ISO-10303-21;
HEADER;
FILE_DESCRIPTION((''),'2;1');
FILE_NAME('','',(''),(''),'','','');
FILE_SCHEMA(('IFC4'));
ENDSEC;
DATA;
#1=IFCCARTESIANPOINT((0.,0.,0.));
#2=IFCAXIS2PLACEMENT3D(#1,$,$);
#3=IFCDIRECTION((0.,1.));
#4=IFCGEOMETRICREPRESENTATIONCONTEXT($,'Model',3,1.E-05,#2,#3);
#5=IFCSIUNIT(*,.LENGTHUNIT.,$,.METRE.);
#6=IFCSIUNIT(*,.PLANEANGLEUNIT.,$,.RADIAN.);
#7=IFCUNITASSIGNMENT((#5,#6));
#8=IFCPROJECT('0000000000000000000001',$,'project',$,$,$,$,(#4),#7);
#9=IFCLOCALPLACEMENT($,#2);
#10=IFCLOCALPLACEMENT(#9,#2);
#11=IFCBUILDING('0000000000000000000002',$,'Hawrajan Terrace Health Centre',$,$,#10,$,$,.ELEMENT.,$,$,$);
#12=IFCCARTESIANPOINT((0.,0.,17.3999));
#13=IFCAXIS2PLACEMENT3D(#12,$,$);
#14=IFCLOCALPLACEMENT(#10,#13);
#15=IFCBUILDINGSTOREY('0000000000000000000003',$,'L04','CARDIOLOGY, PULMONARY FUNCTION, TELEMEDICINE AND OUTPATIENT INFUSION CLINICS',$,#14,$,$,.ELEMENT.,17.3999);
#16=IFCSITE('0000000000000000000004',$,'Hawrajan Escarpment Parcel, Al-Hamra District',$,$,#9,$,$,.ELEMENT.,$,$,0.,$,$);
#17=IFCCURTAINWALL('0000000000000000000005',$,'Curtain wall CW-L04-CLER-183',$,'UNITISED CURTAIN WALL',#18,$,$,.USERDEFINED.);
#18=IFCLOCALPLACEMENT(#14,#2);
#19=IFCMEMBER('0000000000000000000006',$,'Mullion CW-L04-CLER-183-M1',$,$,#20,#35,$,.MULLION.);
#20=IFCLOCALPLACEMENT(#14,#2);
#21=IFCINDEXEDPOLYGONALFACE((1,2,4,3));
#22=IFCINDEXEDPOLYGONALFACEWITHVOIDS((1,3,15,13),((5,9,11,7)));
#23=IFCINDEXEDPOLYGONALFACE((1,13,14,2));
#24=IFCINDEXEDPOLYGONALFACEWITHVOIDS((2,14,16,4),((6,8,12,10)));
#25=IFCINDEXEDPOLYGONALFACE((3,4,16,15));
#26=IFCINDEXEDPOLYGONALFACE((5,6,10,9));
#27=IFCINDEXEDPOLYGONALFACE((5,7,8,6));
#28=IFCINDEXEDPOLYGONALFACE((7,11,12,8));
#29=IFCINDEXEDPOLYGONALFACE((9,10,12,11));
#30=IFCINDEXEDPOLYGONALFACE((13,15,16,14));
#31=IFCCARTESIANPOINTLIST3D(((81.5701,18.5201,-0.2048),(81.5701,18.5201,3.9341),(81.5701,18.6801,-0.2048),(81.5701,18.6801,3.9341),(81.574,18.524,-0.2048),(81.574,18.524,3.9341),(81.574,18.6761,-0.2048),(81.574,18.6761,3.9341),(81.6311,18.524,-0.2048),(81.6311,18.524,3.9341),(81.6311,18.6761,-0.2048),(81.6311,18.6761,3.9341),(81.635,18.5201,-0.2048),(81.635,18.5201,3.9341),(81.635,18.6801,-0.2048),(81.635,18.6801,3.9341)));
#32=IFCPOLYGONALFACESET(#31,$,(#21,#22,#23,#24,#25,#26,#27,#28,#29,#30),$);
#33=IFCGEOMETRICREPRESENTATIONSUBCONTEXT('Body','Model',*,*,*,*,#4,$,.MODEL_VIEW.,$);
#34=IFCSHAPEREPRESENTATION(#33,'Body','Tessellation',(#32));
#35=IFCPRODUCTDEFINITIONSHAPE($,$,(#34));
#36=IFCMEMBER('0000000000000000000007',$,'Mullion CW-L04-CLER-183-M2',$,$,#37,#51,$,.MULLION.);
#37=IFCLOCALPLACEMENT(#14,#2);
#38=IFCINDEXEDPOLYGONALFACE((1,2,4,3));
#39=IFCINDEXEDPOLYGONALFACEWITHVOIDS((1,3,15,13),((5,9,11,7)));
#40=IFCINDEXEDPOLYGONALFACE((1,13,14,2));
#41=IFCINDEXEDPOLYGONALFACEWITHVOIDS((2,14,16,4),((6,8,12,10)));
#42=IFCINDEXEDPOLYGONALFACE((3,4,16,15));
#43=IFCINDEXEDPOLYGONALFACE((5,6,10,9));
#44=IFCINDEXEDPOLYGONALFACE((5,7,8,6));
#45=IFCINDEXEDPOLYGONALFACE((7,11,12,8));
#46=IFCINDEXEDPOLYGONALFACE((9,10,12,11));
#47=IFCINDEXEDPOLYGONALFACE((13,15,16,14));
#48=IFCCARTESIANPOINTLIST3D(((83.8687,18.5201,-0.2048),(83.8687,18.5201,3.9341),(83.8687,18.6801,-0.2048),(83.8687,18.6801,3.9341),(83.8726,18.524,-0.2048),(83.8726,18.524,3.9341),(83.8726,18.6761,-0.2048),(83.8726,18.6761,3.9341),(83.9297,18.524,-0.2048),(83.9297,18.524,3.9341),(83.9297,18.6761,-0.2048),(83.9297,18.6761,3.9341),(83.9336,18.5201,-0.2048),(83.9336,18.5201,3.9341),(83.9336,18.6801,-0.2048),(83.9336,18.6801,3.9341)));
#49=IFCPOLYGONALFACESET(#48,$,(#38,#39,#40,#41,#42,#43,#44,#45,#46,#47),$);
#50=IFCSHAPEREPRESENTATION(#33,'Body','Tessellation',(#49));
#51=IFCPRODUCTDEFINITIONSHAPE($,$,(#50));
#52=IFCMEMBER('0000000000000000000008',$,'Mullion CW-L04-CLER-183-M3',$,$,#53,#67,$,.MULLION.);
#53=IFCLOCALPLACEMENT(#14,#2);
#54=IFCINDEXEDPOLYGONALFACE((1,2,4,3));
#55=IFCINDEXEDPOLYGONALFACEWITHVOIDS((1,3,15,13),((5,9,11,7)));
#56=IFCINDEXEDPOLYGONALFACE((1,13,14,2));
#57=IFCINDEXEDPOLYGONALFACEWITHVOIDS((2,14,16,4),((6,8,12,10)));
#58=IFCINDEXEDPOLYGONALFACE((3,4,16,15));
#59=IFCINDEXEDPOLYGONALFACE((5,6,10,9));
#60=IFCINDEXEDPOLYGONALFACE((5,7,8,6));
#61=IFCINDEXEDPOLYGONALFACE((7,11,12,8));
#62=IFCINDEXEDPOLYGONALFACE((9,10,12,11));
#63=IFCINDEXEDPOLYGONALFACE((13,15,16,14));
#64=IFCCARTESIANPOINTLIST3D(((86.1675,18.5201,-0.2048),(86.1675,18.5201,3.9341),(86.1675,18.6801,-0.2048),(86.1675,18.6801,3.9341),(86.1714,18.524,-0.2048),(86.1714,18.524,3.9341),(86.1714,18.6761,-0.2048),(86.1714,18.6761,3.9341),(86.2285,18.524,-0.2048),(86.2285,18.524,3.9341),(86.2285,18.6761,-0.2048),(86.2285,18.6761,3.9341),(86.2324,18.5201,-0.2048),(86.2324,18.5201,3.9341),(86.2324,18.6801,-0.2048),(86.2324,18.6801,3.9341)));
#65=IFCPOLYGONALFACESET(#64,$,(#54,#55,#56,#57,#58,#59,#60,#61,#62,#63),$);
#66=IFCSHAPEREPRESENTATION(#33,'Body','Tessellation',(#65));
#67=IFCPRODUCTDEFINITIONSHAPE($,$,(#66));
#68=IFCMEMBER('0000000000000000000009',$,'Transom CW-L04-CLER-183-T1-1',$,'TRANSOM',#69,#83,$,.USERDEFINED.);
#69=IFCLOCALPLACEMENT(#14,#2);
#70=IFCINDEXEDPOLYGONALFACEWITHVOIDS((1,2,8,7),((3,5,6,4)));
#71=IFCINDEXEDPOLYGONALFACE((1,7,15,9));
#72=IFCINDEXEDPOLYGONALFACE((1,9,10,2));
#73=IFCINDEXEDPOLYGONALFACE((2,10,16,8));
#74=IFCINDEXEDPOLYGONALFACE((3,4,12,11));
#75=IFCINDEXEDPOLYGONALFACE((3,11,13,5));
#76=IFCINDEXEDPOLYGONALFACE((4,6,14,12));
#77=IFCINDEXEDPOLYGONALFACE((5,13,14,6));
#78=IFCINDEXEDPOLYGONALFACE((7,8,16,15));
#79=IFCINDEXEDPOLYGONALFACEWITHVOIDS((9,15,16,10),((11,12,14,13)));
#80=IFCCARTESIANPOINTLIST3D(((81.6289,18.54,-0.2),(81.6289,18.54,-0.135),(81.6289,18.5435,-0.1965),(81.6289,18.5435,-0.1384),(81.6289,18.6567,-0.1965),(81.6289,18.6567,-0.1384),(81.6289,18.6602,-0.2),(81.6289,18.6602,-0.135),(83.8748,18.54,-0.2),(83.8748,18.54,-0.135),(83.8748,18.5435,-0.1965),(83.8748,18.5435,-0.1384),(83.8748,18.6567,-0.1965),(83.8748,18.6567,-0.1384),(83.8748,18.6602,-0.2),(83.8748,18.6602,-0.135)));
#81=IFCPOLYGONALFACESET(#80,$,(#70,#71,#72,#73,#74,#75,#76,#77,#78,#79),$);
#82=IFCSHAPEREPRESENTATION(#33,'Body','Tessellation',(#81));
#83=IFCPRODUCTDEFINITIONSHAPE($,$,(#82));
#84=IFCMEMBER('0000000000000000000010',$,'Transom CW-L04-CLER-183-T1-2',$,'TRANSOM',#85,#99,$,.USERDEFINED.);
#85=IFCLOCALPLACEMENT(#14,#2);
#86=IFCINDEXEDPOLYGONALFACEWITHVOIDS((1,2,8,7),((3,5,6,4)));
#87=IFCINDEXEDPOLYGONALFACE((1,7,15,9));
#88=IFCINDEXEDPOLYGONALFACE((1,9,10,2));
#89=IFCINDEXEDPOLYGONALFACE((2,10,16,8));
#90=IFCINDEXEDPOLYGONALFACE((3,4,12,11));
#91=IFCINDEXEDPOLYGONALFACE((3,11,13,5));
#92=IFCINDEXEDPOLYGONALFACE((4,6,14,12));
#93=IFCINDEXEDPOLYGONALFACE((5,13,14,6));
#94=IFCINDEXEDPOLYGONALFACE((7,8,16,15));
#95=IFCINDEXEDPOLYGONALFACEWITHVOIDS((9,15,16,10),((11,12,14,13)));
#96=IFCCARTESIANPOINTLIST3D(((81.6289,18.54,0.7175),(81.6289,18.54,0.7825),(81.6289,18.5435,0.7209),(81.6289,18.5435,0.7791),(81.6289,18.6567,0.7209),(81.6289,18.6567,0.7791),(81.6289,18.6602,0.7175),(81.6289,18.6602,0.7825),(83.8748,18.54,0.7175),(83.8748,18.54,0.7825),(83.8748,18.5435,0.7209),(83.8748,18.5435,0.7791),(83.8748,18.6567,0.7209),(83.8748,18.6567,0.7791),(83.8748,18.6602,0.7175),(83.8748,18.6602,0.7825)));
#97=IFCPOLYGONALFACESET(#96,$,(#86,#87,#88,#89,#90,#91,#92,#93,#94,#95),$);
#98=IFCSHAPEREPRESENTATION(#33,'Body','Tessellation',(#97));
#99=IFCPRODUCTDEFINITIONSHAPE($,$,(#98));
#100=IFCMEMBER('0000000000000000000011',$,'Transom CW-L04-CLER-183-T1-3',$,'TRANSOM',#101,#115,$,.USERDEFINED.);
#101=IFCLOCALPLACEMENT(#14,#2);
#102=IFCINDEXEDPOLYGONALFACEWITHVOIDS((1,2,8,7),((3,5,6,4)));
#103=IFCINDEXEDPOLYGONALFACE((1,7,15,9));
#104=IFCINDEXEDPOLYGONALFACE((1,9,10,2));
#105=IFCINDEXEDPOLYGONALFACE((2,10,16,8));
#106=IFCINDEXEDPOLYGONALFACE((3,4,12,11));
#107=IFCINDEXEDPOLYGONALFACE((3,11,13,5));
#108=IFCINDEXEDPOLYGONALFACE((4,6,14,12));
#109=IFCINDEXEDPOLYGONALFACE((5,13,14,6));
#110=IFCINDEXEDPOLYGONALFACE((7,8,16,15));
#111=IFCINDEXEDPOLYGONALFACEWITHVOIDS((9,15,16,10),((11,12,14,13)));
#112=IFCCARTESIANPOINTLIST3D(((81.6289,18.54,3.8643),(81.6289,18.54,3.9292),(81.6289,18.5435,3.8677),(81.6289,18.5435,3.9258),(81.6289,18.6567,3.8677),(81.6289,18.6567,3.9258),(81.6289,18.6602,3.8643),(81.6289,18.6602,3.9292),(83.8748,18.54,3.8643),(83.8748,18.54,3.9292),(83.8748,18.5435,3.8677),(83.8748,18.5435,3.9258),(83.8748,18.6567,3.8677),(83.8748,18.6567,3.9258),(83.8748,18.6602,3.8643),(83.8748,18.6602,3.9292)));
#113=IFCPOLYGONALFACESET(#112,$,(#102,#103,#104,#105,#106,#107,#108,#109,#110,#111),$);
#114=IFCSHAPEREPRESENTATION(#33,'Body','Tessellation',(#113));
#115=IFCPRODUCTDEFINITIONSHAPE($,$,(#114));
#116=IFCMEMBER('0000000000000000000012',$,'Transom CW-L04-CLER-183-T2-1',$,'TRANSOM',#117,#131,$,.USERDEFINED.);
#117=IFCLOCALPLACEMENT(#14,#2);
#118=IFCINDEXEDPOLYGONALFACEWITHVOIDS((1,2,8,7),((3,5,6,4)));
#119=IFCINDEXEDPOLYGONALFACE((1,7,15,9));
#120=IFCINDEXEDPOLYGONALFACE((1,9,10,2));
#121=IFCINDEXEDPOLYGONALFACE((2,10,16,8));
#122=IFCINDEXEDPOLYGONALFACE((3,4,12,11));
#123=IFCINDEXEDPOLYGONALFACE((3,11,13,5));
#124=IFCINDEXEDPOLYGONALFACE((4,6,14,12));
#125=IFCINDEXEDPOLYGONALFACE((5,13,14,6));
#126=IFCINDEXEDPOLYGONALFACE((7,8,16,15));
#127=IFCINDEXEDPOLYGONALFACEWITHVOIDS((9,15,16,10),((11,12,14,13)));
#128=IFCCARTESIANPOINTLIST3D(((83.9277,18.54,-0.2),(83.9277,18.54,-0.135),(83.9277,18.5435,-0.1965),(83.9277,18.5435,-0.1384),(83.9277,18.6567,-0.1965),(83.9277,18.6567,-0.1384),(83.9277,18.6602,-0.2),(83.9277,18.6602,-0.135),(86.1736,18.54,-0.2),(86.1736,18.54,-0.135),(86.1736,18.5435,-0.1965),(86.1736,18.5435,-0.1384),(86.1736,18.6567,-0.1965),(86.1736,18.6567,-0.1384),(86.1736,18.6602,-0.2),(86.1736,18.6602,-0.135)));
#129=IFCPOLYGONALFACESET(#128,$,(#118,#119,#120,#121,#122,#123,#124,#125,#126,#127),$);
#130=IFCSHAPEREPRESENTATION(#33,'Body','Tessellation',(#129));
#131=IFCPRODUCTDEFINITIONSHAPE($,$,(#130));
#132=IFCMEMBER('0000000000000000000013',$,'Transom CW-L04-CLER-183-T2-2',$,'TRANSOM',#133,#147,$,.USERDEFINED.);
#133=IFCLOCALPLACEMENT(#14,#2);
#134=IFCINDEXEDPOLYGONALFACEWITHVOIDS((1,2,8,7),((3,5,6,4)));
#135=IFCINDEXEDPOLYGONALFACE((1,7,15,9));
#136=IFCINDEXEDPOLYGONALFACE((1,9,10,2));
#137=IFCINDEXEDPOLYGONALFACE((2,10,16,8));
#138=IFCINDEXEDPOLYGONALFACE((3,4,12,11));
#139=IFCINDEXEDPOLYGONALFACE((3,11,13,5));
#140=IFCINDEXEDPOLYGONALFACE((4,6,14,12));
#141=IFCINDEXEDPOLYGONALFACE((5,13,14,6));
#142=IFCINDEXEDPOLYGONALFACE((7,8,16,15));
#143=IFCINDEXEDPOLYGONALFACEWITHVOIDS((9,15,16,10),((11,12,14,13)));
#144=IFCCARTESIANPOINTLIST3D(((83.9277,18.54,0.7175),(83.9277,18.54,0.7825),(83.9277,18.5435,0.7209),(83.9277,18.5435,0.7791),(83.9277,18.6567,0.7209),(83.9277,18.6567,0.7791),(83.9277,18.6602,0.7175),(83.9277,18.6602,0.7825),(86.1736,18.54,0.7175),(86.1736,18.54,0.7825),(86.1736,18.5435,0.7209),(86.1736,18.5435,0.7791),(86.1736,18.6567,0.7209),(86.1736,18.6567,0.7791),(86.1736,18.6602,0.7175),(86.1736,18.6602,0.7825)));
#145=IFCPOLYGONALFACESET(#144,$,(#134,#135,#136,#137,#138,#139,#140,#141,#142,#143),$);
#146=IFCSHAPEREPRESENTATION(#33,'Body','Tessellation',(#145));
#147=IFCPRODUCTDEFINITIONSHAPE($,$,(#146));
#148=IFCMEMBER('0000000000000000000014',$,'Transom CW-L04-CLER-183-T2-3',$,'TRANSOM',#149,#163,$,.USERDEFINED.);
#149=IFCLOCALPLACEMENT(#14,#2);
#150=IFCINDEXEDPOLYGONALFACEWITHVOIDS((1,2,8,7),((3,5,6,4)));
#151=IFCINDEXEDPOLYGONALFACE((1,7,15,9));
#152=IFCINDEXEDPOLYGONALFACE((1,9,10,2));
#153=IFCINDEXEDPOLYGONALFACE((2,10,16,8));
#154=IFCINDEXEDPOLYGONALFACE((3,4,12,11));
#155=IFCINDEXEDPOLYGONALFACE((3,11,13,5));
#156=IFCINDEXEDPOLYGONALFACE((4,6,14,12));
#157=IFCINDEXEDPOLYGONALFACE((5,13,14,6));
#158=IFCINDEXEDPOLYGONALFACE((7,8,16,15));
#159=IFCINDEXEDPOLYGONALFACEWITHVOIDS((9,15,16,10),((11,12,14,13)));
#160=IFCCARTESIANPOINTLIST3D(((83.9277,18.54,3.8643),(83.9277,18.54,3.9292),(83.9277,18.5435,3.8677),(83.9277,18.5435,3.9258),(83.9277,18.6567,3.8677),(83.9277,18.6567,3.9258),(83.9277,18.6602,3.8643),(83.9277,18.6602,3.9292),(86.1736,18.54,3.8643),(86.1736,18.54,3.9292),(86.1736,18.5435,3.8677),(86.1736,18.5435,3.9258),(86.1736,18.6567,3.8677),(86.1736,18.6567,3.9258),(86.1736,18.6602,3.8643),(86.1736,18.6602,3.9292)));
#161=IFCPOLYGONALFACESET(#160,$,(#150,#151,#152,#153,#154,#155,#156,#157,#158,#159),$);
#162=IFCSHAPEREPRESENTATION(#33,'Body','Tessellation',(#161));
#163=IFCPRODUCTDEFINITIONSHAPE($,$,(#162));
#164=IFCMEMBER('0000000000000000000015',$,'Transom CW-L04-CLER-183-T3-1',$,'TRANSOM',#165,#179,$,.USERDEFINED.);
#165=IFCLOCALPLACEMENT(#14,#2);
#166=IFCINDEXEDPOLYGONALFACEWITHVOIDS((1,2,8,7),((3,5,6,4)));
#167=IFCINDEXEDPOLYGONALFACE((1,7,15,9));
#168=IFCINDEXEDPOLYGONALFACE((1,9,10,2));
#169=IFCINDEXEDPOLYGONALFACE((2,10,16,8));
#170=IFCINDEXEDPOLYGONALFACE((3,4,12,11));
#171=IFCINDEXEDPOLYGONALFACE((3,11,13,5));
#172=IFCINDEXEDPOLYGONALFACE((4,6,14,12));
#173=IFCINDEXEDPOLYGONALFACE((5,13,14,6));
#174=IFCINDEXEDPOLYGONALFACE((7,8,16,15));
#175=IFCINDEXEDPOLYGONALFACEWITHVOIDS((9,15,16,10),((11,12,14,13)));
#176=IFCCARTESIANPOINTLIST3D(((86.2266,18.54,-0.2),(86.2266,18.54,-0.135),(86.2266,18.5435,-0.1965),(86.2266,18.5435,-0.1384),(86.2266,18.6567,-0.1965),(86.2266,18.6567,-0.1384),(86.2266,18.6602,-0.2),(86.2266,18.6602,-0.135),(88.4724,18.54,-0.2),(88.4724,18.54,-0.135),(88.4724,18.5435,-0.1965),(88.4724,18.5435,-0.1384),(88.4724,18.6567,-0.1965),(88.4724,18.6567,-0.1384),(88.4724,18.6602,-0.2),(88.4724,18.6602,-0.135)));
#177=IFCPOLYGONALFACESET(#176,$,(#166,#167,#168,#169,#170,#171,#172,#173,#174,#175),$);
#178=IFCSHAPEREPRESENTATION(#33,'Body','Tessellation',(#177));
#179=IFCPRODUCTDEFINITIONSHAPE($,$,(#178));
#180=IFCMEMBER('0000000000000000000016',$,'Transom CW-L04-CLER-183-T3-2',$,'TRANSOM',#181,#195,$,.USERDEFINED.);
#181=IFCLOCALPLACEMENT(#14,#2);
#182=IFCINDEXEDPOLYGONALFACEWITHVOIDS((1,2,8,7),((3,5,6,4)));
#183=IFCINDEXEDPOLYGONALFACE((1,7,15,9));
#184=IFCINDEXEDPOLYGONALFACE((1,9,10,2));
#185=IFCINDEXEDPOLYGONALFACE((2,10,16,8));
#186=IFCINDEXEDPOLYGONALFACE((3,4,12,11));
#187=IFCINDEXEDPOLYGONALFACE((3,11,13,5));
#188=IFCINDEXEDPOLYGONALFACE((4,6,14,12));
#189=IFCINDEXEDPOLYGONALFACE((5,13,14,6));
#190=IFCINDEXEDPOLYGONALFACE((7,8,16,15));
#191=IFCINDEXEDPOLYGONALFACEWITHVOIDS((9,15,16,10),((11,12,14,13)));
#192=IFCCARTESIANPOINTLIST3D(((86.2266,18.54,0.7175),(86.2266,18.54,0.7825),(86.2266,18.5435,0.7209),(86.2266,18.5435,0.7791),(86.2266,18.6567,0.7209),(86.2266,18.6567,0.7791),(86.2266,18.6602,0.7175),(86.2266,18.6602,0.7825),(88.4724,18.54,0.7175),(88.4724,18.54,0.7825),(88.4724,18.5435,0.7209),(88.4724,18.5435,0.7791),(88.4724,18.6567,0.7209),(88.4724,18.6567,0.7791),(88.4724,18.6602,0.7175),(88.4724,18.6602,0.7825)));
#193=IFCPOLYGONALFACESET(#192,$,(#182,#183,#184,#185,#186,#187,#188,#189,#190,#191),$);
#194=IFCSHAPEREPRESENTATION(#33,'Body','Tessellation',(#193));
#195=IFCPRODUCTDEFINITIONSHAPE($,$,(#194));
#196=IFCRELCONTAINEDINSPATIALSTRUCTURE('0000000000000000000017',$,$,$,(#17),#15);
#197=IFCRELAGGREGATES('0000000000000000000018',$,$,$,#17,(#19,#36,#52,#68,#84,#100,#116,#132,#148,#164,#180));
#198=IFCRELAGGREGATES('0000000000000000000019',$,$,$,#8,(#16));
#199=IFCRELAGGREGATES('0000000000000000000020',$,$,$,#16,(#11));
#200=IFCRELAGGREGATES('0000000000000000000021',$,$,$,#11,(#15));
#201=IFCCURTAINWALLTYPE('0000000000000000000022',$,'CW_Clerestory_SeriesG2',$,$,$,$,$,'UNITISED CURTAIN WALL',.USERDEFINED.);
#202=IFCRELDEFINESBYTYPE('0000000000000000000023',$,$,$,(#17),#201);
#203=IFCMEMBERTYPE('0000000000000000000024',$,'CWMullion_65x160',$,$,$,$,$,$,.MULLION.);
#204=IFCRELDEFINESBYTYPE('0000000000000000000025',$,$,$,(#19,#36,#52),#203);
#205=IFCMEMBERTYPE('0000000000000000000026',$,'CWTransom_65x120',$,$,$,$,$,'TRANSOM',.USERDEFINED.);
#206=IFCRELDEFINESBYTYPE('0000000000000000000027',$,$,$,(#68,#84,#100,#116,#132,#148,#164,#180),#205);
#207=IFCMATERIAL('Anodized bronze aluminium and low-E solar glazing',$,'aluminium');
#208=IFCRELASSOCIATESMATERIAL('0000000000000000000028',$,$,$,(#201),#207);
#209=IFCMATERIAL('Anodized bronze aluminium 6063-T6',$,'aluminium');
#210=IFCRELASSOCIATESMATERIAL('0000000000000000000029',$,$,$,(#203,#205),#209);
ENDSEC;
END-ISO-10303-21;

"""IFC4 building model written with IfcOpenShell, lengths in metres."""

from ifc_helpers import new_model, si_unit, direction, frame, origin, origin_2d, place, context, subcontext, project, spatial, hollow_rectangle, extrude, material, material_profile, profile_set, type_object, element, aggregate, save


model = new_model("IFC4")

# Units and contexts
model_context = context("Model", 3, precision=1e-05, world=origin(), true_north=direction((0.0, 1.0)))
body_context = subcontext(model_context, "Body", "Model", "MODEL_VIEW")
ifc_project = project(units=[si_unit("LENGTHUNIT", "METRE"), si_unit("PLANEANGLEUNIT", "RADIAN")], contexts=[model_context])

# Site, building, storey
site_placement = place(None, origin())
site = spatial("IfcSite", under=ifc_project, at=site_placement, Name="Hawrajan Escarpment Parcel, Al-Hamra District", CompositionType="ELEMENT", RefElevation=0.0)
building_placement = place(site_placement, origin())
building = spatial("IfcBuilding", under=site, at=building_placement, Name="Hawrajan Terrace Health Centre", CompositionType="ELEMENT")
storey_placement = place(building_placement, frame((0.0, 0.0, 17.3999)))
storey = spatial("IfcBuildingStorey", under=building, at=storey_placement, Name="L04", Description="CARDIOLOGY, PULMONARY FUNCTION, TELEMEDICINE AND OUTPATIENT INFUSION CLINICS", CompositionType="ELEMENT", Elevation=17.3999)

# Curtain wall, members
ifc_material_1 = material(Name="Anodized bronze aluminium and low-E solar glazing", Category="aluminium")
curtain_wall_type = type_object("IfcCurtainWallType", Name="CW_Clerestory_SeriesG2", ElementType="UNITISED CURTAIN WALL", PredefinedType="USERDEFINED", material=ifc_material_1)
curtain_wall_placement = place(storey_placement, origin())
curtain_wall = element("IfcCurtainWall", 1, at=curtain_wall_placement, inside=storey, type_object=curtain_wall_type, Name="Curtain wall CW-L04-CLER-183", ObjectType="UNITISED CURTAIN WALL", PredefinedType="USERDEFINED")
ifc_material_2 = material(Name="Anodized bronze aluminium 6063-T6", Category="aluminium")
ifc_material_profile_1 = material_profile(ifc_material_2, hollow_rectangle(XDim=0.0649, YDim=0.1599, WallThickness=0.0039, at=origin_2d()), Name="CW MUL 65x160")
ifc_profile_set_1 = profile_set([ifc_material_profile_1], Name="Anodized bronze aluminium 6063-T6")
member_type_1 = type_object("IfcMemberType", Name="CWMullion_65x160", PredefinedType="MULLION", material=ifc_profile_set_1)
member_1_placement = place(storey_placement, frame((81.6025, 18.6001, -0.2048), z_axis=(0.0, 0.0, 1.0), x_axis=(1.0, 0.0, 0.0)))
member_1 = element("IfcMember", 2, at=member_1_placement, type_object=member_type_1, Name="Mullion CW-L04-CLER-183-M1", PredefinedType="MULLION", context=body_context, shape_type="SweptSolid", body=[
    extrude(hollow_rectangle(XDim=0.0649, YDim=0.1599, WallThickness=0.0039, at=origin_2d()), origin(), (0.0, 0.0, 1.0), 4.1389),
])
member_2_placement = place(storey_placement, frame((83.9011, 18.6001, -0.2048), z_axis=(0.0, 0.0, 1.0), x_axis=(1.0, 0.0, 0.0)))
member_2 = element("IfcMember", 3, at=member_2_placement, type_object=member_type_1, Name="Mullion CW-L04-CLER-183-M2", PredefinedType="MULLION", context=body_context, shape_type="SweptSolid", body=[
    extrude(hollow_rectangle(XDim=0.0649, YDim=0.1599, WallThickness=0.0039, at=origin_2d()), origin(), (0.0, 0.0, 1.0), 4.1389),
])
member_3_placement = place(storey_placement, frame((86.2, 18.6001, -0.2048), z_axis=(0.0, 0.0, 1.0), x_axis=(1.0, 0.0, 0.0)))
member_3 = element("IfcMember", 4, at=member_3_placement, type_object=member_type_1, Name="Mullion CW-L04-CLER-183-M3", PredefinedType="MULLION", context=body_context, shape_type="SweptSolid", body=[
    extrude(hollow_rectangle(XDim=0.0649, YDim=0.1599, WallThickness=0.0039, at=origin_2d()), origin(), (0.0, 0.0, 1.0), 4.1389),
])
ifc_material_profile_2 = material_profile(ifc_material_2, hollow_rectangle(XDim=0.0649, YDim=0.1201, WallThickness=0.0034, at=origin_2d()), Name="CW TRN 65x120")
ifc_profile_set_2 = profile_set([ifc_material_profile_2], Name="Anodized bronze aluminium 6063-T6")
member_type_2 = type_object("IfcMemberType", Name="CWTransom_65x120", ElementType="TRANSOM", PredefinedType="USERDEFINED", material=ifc_profile_set_2)
member_4_placement = place(storey_placement, frame((81.6289, 18.6001, -0.1675), z_axis=(1.0, 0.0, 0.0), x_axis=(0.0, 0.0, 1.0)))
member_4 = element("IfcMember", 5, at=member_4_placement, type_object=member_type_2, Name="Transom CW-L04-CLER-183-T1-1", ObjectType="TRANSOM", PredefinedType="USERDEFINED", context=body_context, shape_type="SweptSolid", body=[
    extrude(hollow_rectangle(XDim=0.0649, YDim=0.1201, WallThickness=0.0034, at=origin_2d()), origin(), (0.0, 0.0, 1.0), 2.2458),
])
member_5_placement = place(storey_placement, frame((81.6289, 18.6001, 0.75), z_axis=(1.0, 0.0, 0.0), x_axis=(0.0, 0.0, 1.0)))
member_5 = element("IfcMember", 6, at=member_5_placement, type_object=member_type_2, Name="Transom CW-L04-CLER-183-T1-2", ObjectType="TRANSOM", PredefinedType="USERDEFINED", context=body_context, shape_type="SweptSolid", body=[
    extrude(hollow_rectangle(XDim=0.0649, YDim=0.1201, WallThickness=0.0034, at=origin_2d()), origin(), (0.0, 0.0, 1.0), 2.2458),
])
member_6_placement = place(storey_placement, frame((81.6289, 18.6001, 3.8967), z_axis=(1.0, 0.0, 0.0), x_axis=(0.0, 0.0, 1.0)))
member_6 = element("IfcMember", 7, at=member_6_placement, type_object=member_type_2, Name="Transom CW-L04-CLER-183-T1-3", ObjectType="TRANSOM", PredefinedType="USERDEFINED", context=body_context, shape_type="SweptSolid", body=[
    extrude(hollow_rectangle(XDim=0.0649, YDim=0.1201, WallThickness=0.0034, at=origin_2d()), origin(), (0.0, 0.0, 1.0), 2.2458),
])
member_7_placement = place(storey_placement, frame((83.9277, 18.6001, -0.1675), z_axis=(1.0, 0.0, 0.0), x_axis=(0.0, 0.0, 1.0)))
member_7 = element("IfcMember", 8, at=member_7_placement, type_object=member_type_2, Name="Transom CW-L04-CLER-183-T2-1", ObjectType="TRANSOM", PredefinedType="USERDEFINED", context=body_context, shape_type="SweptSolid", body=[
    extrude(hollow_rectangle(XDim=0.0649, YDim=0.1201, WallThickness=0.0034, at=origin_2d()), origin(), (0.0, 0.0, 1.0), 2.2458),
])
member_8_placement = place(storey_placement, frame((83.9277, 18.6001, 0.75), z_axis=(1.0, 0.0, 0.0), x_axis=(0.0, 0.0, 1.0)))
member_8 = element("IfcMember", 9, at=member_8_placement, type_object=member_type_2, Name="Transom CW-L04-CLER-183-T2-2", ObjectType="TRANSOM", PredefinedType="USERDEFINED", context=body_context, shape_type="SweptSolid", body=[
    extrude(hollow_rectangle(XDim=0.0649, YDim=0.1201, WallThickness=0.0034, at=origin_2d()), origin(), (0.0, 0.0, 1.0), 2.2458),
])
member_9_placement = place(storey_placement, frame((83.9277, 18.6001, 3.8967), z_axis=(1.0, 0.0, 0.0), x_axis=(0.0, 0.0, 1.0)))
member_9 = element("IfcMember", 10, at=member_9_placement, type_object=member_type_2, Name="Transom CW-L04-CLER-183-T2-3", ObjectType="TRANSOM", PredefinedType="USERDEFINED", context=body_context, shape_type="SweptSolid", body=[
    extrude(hollow_rectangle(XDim=0.0649, YDim=0.1201, WallThickness=0.0034, at=origin_2d()), origin(), (0.0, 0.0, 1.0), 2.2458),
])
member_10_placement = place(storey_placement, frame((86.2266, 18.6001, -0.1675), z_axis=(1.0, 0.0, 0.0), x_axis=(0.0, 0.0, 1.0)))
member_10 = element("IfcMember", 11, at=member_10_placement, type_object=member_type_2, Name="Transom CW-L04-CLER-183-T3-1", ObjectType="TRANSOM", PredefinedType="USERDEFINED", context=body_context, shape_type="SweptSolid", body=[
    extrude(hollow_rectangle(XDim=0.0649, YDim=0.1201, WallThickness=0.0034, at=origin_2d()), origin(), (0.0, 0.0, 1.0), 2.2458),
])
member_11_placement = place(storey_placement, frame((86.2266, 18.6001, 0.75), z_axis=(1.0, 0.0, 0.0), x_axis=(0.0, 0.0, 1.0)))
member_11 = element("IfcMember", 12, at=member_11_placement, type_object=member_type_2, Name="Transom CW-L04-CLER-183-T3-2", ObjectType="TRANSOM", PredefinedType="USERDEFINED", context=body_context, shape_type="SweptSolid", body=[
    extrude(hollow_rectangle(XDim=0.0649, YDim=0.1201, WallThickness=0.0034, at=origin_2d()), origin(), (0.0, 0.0, 1.0), 2.2458),
])

aggregate(curtain_wall, [member_1, member_2, member_3, member_4, member_5, member_6, member_7, member_8, member_9, member_10, member_11])

save(model, "model.ifc")
